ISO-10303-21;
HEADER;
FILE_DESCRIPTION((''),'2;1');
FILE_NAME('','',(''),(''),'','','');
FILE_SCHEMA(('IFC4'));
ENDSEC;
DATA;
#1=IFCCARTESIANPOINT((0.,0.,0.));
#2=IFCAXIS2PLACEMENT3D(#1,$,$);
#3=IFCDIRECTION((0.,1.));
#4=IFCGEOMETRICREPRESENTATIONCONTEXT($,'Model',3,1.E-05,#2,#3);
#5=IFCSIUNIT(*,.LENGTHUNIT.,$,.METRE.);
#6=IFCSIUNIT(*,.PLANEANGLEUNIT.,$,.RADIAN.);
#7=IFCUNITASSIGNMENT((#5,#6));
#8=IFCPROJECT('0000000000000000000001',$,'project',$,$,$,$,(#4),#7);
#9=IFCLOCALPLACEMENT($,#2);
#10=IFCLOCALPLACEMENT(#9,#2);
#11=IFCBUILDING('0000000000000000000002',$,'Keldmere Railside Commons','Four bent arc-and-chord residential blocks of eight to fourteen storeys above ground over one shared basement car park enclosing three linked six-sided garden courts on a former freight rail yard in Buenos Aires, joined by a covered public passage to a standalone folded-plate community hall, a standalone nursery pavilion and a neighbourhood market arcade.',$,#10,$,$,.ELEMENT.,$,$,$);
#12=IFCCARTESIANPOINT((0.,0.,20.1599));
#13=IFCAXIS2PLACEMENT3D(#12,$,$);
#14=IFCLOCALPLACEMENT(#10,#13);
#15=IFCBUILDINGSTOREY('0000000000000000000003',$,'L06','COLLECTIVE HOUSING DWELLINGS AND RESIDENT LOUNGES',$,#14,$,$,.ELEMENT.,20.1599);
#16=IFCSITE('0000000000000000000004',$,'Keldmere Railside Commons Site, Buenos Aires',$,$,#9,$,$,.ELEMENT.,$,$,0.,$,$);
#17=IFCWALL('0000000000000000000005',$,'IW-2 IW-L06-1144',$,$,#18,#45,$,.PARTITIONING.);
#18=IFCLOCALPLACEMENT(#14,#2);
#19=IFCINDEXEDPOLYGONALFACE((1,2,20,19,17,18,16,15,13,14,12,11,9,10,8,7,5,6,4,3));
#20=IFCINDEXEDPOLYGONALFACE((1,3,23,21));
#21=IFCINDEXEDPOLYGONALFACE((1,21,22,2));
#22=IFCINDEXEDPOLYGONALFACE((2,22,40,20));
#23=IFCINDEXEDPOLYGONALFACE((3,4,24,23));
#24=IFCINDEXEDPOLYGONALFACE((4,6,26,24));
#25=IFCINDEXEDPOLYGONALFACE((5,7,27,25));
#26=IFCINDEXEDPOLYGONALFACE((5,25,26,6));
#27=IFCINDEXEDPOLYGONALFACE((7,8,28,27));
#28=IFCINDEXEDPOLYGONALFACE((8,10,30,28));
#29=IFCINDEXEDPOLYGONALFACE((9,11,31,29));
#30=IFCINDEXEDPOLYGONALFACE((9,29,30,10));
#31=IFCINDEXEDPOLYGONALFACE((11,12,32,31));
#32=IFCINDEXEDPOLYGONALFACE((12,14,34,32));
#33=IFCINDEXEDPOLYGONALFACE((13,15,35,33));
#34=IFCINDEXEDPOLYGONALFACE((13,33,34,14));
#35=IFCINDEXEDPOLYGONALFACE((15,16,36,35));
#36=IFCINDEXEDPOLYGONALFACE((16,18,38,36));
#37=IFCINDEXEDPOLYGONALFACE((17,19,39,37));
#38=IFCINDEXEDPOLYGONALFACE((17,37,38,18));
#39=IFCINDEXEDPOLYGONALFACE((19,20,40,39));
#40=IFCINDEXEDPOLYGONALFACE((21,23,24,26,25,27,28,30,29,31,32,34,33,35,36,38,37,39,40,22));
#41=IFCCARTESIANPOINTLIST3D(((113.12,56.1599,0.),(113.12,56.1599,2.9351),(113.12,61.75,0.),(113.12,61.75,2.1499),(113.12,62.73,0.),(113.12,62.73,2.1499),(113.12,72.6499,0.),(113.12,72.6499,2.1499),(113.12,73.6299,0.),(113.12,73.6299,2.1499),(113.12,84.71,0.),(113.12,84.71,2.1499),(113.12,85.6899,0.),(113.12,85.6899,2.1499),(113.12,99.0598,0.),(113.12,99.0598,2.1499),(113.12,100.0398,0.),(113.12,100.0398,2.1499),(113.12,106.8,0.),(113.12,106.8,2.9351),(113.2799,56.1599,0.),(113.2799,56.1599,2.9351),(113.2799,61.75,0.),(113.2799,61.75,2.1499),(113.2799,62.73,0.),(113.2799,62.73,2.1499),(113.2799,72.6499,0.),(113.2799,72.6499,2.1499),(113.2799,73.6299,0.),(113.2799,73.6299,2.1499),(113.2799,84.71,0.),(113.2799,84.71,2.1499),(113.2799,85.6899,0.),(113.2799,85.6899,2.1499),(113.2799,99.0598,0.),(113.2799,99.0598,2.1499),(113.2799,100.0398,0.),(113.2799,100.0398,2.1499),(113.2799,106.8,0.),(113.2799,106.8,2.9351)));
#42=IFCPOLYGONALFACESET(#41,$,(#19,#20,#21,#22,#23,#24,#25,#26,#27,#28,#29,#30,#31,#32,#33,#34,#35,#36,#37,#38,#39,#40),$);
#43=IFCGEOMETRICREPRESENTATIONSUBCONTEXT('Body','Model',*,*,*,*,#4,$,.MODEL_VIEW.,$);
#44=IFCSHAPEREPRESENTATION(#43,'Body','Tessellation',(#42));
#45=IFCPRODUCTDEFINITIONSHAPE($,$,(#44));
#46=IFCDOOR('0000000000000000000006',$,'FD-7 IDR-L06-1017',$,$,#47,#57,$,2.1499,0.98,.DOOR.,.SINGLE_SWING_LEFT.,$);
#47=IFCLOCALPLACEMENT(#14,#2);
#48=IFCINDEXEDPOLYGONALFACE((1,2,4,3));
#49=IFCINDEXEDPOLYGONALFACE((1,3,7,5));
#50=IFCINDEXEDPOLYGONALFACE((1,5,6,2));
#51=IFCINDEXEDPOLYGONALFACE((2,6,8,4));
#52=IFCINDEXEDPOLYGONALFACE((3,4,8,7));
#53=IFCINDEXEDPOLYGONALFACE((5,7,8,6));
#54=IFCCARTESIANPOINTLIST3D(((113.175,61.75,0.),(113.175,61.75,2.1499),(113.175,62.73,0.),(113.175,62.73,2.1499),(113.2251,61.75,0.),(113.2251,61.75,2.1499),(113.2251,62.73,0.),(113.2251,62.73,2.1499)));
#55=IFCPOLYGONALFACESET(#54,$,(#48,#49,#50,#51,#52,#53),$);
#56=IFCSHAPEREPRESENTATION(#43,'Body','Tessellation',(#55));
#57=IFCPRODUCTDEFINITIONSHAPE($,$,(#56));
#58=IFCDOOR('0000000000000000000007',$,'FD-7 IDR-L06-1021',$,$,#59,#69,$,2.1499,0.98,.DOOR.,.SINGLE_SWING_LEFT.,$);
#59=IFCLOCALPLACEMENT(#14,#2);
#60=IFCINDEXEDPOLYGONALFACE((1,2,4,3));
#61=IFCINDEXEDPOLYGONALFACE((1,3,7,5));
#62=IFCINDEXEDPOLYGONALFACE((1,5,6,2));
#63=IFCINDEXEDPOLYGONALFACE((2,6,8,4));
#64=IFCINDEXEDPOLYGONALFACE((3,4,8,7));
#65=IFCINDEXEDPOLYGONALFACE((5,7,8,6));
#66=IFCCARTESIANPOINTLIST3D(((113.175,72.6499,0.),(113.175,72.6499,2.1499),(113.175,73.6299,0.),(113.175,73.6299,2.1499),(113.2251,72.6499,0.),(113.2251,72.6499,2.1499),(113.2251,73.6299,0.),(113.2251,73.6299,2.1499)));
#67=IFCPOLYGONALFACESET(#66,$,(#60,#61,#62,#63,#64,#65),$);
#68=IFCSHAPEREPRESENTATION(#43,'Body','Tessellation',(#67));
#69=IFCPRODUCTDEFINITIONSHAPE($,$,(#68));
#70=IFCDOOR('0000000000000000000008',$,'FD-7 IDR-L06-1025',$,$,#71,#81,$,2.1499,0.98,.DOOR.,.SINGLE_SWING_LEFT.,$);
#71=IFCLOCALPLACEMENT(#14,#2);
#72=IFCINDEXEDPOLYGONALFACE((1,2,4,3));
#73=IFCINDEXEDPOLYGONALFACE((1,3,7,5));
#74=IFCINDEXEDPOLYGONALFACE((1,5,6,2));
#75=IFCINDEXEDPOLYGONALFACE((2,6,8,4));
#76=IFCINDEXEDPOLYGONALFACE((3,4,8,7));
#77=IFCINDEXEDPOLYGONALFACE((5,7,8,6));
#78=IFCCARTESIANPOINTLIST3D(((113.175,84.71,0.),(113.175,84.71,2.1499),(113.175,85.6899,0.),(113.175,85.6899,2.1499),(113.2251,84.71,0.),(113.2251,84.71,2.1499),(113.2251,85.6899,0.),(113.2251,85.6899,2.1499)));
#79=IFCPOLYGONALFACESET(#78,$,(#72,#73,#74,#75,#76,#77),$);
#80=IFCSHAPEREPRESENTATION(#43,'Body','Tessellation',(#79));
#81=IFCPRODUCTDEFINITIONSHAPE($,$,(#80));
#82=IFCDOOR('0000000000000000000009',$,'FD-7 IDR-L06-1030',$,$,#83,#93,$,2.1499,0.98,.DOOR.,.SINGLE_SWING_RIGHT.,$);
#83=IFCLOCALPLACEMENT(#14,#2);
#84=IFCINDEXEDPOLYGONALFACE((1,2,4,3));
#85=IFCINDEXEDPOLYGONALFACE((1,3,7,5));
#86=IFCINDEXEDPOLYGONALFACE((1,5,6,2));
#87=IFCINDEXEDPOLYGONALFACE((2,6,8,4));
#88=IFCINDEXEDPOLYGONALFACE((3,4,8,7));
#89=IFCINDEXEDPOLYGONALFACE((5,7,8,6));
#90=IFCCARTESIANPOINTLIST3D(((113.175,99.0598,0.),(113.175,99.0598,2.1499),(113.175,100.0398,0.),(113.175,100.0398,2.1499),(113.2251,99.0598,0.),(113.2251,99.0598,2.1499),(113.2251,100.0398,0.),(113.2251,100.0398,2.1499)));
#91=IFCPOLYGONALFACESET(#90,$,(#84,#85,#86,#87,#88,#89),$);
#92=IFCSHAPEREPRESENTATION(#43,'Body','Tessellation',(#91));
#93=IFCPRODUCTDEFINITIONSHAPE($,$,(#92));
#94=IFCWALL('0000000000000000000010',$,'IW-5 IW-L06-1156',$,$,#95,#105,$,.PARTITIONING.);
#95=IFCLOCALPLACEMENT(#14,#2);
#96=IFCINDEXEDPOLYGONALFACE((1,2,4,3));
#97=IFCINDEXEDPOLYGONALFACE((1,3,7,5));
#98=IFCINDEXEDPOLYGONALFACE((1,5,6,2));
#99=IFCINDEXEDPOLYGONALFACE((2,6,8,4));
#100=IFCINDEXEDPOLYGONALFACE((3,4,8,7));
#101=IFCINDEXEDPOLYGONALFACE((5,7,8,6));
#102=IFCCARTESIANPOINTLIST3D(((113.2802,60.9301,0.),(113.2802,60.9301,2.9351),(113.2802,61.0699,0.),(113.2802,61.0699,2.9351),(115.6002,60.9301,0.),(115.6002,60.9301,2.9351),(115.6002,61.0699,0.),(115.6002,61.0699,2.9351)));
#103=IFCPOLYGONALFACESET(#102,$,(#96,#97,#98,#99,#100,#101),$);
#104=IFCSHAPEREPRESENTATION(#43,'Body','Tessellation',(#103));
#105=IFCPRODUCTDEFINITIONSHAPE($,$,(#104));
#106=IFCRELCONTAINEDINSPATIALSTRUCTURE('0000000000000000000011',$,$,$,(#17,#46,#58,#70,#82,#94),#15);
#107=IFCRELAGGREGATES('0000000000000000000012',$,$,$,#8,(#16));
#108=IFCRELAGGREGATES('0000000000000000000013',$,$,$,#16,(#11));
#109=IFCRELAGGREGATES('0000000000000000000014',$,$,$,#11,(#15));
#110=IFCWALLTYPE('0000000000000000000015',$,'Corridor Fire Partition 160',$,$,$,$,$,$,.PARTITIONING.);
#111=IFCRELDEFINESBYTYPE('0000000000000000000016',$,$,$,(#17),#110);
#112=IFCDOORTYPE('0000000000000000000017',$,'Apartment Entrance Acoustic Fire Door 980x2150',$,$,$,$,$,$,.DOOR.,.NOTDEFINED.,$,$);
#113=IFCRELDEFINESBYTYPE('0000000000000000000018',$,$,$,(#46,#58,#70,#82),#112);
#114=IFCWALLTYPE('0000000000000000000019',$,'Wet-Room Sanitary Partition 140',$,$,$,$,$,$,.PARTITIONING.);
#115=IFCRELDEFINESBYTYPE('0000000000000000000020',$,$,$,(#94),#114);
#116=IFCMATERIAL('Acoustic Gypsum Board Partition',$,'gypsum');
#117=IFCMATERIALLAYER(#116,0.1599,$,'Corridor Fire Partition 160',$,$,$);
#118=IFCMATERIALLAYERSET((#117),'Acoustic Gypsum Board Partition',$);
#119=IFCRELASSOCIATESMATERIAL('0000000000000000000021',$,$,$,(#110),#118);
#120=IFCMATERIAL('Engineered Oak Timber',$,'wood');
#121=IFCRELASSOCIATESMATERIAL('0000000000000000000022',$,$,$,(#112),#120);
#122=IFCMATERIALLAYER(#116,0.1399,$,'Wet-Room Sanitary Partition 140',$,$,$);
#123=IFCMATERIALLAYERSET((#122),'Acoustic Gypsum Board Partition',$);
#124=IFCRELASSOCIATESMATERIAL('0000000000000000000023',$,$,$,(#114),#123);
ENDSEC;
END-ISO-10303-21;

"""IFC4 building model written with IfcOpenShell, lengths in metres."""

from ifc_helpers import new_model, si_unit, direction, frame, frame_2d, origin, place, context, subcontext, project, spatial, rectangle, extrude, material, layer, layer_set, type_object, element, fill, save


model = new_model("IFC4")

# Units and contexts
model_context = context("Model", 3, precision=1e-05, world=origin(), true_north=direction((0.0, 1.0)))
body_context = subcontext(model_context, "Body", "Model", "MODEL_VIEW")
ifc_project = project(units=[si_unit("LENGTHUNIT", "METRE"), si_unit("PLANEANGLEUNIT", "RADIAN")], contexts=[model_context])

# Site, building, storey
site_placement = place(None, origin())
site = spatial("IfcSite", under=ifc_project, at=site_placement, Name="Keldmere Railside Commons Site, Buenos Aires", CompositionType="ELEMENT", RefElevation=0.0)
building_placement = place(site_placement, origin())
building = spatial("IfcBuilding", under=site, at=building_placement, Name="Keldmere Railside Commons", Description="Four bent arc-and-chord residential blocks of eight to fourteen storeys above ground over one shared basement car park enclosing three linked six-sided garden courts on a former freight rail yard in Buenos Aires, joined by a covered public passage to a standalone folded-plate community hall, a standalone nursery pavilion and a neighbourhood market arcade.", CompositionType="ELEMENT")
storey_placement = place(building_placement, frame((0.0, 0.0, 20.1599)))
storey = spatial("IfcBuildingStorey", under=building, at=storey_placement, Name="L06", Description="COLLECTIVE HOUSING DWELLINGS AND RESIDENT LOUNGES", CompositionType="ELEMENT", Elevation=20.1599)

# Shared definitions
ifc_material_1 = material(Name="Acoustic Gypsum Board Partition", Category="gypsum")
ifc_material_2 = material(Name="Engineered Oak Timber", Category="wood")

# Wall, openings, doors
ifc_layer_1 = layer(ifc_material_1, 0.1599, Name="Corridor Fire Partition 160")
ifc_layer_set_1 = layer_set([ifc_layer_1], Name="Acoustic Gypsum Board Partition")
wall_type_1 = type_object("IfcWallType", Name="Corridor Fire Partition 160", PredefinedType="PARTITIONING", material=ifc_layer_set_1)
door_type_1 = type_object("IfcDoorType", Name="Apartment Entrance Acoustic Fire Door 980x2150", OperationType="NOTDEFINED", PredefinedType="DOOR", material=ifc_material_2)
wall_1_placement = place(storey_placement, frame((113.2, 56.1599, 0.0), z_axis=(0.0, 0.0, 1.0), x_axis=(0.0, 1.0, 0.0)))
wall_1 = element("IfcWall", 1, at=wall_1_placement, inside=storey, type_object=wall_type_1, Name="IW-2 IW-L06-1144", PredefinedType="PARTITIONING", context=body_context, shape_type="SweptSolid", body=[
    extrude(rectangle(XDim=50.6401, YDim=0.1599, at=frame_2d((25.3201, 0.0))), origin(), (0.0, 0.0, 1.0), 2.9351),
])
opening_1_placement = place(wall_1_placement, frame((5.5901, 0.0, 0.0)))
opening_1 = element("IfcOpeningElement", 2, at=opening_1_placement, cuts=wall_1, PredefinedType="OPENING", context=body_context, shape_type="SweptSolid", body=[
    extrude(rectangle(XDim=0.98, YDim=2.1499, at=frame_2d((0.49, 1.075))), frame((0.0, 0.0898, 0.0), z_axis=(0.0, -1.0, 0.0), x_axis=(1.0, 0.0, 0.0)), (0.0, 0.0, 1.0), 0.1799),
])
opening_2_placement = place(wall_1_placement, frame((16.49, 0.0, 0.0)))
opening_2 = element("IfcOpeningElement", 3, at=opening_2_placement, cuts=wall_1, PredefinedType="OPENING", context=body_context, shape_type="SweptSolid", body=[
    extrude(rectangle(XDim=0.98, YDim=2.1499, at=frame_2d((0.49, 1.075))), frame((0.0, 0.0898, 0.0), z_axis=(0.0, -1.0, 0.0), x_axis=(1.0, 0.0, 0.0)), (0.0, 0.0, 1.0), 0.1799),
])
opening_3_placement = place(wall_1_placement, frame((28.55, 0.0, 0.0)))
opening_3 = element("IfcOpeningElement", 4, at=opening_3_placement, cuts=wall_1, PredefinedType="OPENING", context=body_context, shape_type="SweptSolid", body=[
    extrude(rectangle(XDim=0.98, YDim=2.1499, at=frame_2d((0.49, 1.075))), frame((0.0, 0.0898, 0.0), z_axis=(0.0, -1.0, 0.0), x_axis=(1.0, 0.0, 0.0)), (0.0, 0.0, 1.0), 0.1799),
])
opening_4_placement = place(wall_1_placement, frame((42.8999, 0.0, 0.0)))
opening_4 = element("IfcOpeningElement", 5, at=opening_4_placement, cuts=wall_1, PredefinedType="OPENING", context=body_context, shape_type="SweptSolid", body=[
    extrude(rectangle(XDim=0.98, YDim=2.1499, at=frame_2d((0.49, 1.075))), frame((0.0, 0.0898, 0.0), z_axis=(0.0, -1.0, 0.0), x_axis=(1.0, 0.0, 0.0)), (0.0, 0.0, 1.0), 0.1799),
])
door_1_placement = place(opening_1_placement, origin())
door_1 = element("IfcDoor", 6, at=door_1_placement, inside=storey, type_object=door_type_1, Name="FD-7 IDR-L06-1017", OperationType="SINGLE_SWING_LEFT", OverallHeight=2.1499, OverallWidth=0.98, PredefinedType="DOOR", context=body_context, shape_type="SweptSolid", body=[
    extrude(rectangle(XDim=0.98, YDim=2.1499, at=frame_2d((0.49, 1.075))), frame((0.0, 0.0249, 0.0), z_axis=(0.0, -1.0, 0.0), x_axis=(1.0, 0.0, 0.0)), (0.0, 0.0, 1.0), 0.05),
])
fill(opening_1, door_1)
door_2_placement = place(opening_2_placement, origin())
door_2 = element("IfcDoor", 7, at=door_2_placement, inside=storey, type_object=door_type_1, Name="FD-7 IDR-L06-1021", OperationType="SINGLE_SWING_LEFT", OverallHeight=2.1499, OverallWidth=0.98, PredefinedType="DOOR", context=body_context, shape_type="SweptSolid", body=[
    extrude(rectangle(XDim=0.98, YDim=2.1499, at=frame_2d((0.49, 1.075))), frame((0.0, 0.0249, 0.0), z_axis=(0.0, -1.0, 0.0), x_axis=(1.0, 0.0, 0.0)), (0.0, 0.0, 1.0), 0.05),
])
fill(opening_2, door_2)
door_3_placement = place(opening_3_placement, origin())
door_3 = element("IfcDoor", 8, at=door_3_placement, inside=storey, type_object=door_type_1, Name="FD-7 IDR-L06-1025", OperationType="SINGLE_SWING_LEFT", OverallHeight=2.1499, OverallWidth=0.98, PredefinedType="DOOR", context=body_context, shape_type="SweptSolid", body=[
    extrude(rectangle(XDim=0.98, YDim=2.1499, at=frame_2d((0.49, 1.075))), frame((0.0, 0.0249, 0.0), z_axis=(0.0, -1.0, 0.0), x_axis=(1.0, 0.0, 0.0)), (0.0, 0.0, 1.0), 0.05),
])
fill(opening_3, door_3)
door_4_placement = place(opening_4_placement, origin())
door_4 = element("IfcDoor", 9, at=door_4_placement, inside=storey, type_object=door_type_1, Name="FD-7 IDR-L06-1030", OperationType="SINGLE_SWING_RIGHT", OverallHeight=2.1499, OverallWidth=0.98, PredefinedType="DOOR", context=body_context, shape_type="SweptSolid", body=[
    extrude(rectangle(XDim=0.98, YDim=2.1499, at=frame_2d((0.49, 1.075))), frame((0.0, 0.0249, 0.0), z_axis=(0.0, -1.0, 0.0), x_axis=(1.0, 0.0, 0.0)), (0.0, 0.0, 1.0), 0.05),
])
fill(opening_4, door_4)

# Wall
ifc_layer_2 = layer(ifc_material_1, 0.1399, Name="Wet-Room Sanitary Partition 140")
ifc_layer_set_2 = layer_set([ifc_layer_2], Name="Acoustic Gypsum Board Partition")
wall_type_2 = type_object("IfcWallType", Name="Wet-Room Sanitary Partition 140", PredefinedType="PARTITIONING", material=ifc_layer_set_2)
wall_2_placement = place(storey_placement, frame((113.28, 61.0, 0.0), z_axis=(0.0, 0.0, 1.0), x_axis=(1.0, 0.0, 0.0)))
element("IfcWall", 10, at=wall_2_placement, inside=storey, type_object=wall_type_2, Name="IW-5 IW-L06-1156", PredefinedType="PARTITIONING", context=body_context, shape_type="SweptSolid", body=[
    extrude(rectangle(XDim=2.3201, YDim=0.1399, at=frame_2d((1.1602, 0.0))), origin(), (0.0, 0.0, 1.0), 2.9351),
])

save(model, "model.ifc")
